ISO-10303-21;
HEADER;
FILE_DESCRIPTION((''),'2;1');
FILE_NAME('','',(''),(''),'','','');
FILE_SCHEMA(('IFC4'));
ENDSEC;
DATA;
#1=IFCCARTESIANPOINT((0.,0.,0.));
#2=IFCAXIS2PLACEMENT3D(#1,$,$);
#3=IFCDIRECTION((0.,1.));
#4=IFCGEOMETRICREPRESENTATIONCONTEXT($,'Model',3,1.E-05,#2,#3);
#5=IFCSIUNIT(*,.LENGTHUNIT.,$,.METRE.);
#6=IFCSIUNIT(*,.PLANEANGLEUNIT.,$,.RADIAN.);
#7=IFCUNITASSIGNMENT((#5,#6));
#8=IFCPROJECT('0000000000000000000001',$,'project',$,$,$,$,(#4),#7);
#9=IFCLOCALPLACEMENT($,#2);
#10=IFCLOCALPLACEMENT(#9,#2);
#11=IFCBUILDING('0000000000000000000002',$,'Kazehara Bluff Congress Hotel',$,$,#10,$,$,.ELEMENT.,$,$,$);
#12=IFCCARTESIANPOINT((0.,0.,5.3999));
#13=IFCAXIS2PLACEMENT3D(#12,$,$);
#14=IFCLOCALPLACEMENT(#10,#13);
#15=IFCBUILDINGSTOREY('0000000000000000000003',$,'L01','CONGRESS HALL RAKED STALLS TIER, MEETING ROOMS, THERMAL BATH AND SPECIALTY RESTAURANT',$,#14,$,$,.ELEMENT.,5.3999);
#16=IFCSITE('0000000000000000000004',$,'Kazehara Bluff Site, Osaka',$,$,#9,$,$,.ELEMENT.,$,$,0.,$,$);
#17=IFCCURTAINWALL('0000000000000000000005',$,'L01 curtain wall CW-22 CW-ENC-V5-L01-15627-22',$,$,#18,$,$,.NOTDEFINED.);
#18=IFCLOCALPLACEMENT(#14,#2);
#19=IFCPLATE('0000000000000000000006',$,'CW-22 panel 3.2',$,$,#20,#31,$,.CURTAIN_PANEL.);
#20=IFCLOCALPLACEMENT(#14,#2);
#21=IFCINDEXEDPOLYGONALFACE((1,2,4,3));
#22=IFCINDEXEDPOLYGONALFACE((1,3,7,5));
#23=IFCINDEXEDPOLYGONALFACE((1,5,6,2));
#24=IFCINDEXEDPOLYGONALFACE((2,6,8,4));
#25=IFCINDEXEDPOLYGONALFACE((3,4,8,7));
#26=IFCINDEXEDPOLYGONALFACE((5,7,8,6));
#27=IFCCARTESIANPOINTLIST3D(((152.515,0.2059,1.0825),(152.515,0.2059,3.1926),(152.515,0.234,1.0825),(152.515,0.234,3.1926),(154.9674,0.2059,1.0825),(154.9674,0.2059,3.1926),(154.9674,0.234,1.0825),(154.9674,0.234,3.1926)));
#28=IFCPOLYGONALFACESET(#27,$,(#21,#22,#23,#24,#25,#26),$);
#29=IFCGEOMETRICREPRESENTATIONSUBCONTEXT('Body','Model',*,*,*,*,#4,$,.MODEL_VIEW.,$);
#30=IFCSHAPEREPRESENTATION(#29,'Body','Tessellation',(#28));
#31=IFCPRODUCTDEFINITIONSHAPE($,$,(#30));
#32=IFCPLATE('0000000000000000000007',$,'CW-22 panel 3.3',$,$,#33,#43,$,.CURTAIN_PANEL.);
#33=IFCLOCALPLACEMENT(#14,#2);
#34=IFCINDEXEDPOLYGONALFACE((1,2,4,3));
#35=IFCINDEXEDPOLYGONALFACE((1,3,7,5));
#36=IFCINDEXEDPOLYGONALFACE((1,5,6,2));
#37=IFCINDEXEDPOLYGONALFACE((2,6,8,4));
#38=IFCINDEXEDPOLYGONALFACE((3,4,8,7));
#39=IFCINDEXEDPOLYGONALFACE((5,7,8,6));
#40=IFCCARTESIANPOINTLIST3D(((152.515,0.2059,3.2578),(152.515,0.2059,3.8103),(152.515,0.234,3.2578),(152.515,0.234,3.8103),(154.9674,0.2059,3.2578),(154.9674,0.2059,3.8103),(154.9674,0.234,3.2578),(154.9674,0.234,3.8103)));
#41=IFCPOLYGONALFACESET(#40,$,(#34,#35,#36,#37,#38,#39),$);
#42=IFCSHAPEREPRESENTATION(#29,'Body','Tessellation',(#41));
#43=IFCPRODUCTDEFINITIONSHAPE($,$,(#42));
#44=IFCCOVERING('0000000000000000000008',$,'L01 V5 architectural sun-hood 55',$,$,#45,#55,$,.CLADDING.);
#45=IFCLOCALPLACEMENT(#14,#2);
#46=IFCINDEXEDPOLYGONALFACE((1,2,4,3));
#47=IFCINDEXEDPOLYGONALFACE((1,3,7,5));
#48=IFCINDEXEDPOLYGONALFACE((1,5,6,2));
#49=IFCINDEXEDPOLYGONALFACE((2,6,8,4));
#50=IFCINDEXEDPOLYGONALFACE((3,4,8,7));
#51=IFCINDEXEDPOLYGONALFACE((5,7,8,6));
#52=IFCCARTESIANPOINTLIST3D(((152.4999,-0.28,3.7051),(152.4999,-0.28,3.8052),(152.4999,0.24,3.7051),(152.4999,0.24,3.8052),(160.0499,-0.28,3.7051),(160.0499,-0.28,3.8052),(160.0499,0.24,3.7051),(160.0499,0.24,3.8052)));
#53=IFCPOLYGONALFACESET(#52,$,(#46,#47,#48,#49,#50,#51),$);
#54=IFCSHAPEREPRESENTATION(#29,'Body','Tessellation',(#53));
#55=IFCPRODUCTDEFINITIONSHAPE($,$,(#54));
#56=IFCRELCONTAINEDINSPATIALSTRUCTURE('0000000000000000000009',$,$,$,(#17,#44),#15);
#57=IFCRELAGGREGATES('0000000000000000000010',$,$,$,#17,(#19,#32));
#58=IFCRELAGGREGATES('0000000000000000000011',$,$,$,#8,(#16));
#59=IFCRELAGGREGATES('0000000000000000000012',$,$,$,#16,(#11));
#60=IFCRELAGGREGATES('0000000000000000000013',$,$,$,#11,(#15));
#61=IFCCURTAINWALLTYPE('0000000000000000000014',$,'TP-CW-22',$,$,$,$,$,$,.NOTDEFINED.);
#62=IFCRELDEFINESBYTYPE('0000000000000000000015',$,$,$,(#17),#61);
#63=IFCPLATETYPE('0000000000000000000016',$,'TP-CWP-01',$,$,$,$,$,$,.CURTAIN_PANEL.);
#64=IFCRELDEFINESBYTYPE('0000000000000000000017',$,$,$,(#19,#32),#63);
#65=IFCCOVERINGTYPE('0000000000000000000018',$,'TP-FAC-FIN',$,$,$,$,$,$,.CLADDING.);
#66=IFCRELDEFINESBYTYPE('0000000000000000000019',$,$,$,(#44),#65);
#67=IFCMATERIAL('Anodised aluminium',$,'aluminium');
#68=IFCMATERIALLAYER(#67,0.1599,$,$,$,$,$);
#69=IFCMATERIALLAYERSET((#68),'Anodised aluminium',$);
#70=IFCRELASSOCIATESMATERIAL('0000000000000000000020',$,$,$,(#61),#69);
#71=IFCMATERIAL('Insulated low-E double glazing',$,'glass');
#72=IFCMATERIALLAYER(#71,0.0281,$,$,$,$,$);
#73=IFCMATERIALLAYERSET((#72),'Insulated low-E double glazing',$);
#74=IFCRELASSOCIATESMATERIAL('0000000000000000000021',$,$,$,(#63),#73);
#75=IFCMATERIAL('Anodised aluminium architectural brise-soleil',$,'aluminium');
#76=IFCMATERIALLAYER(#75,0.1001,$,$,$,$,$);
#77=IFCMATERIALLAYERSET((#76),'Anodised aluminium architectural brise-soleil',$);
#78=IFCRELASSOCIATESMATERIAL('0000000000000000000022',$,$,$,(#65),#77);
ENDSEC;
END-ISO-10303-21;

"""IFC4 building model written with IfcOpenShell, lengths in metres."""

from ifc_helpers import new_model, si_unit, direction, frame, origin, origin_2d, place, context, subcontext, project, spatial, rectangle, extrude, material, layer, layer_set, type_object, element, aggregate, save


model = new_model("IFC4")

# Units and contexts
model_context = context("Model", 3, precision=1e-05, world=origin(), true_north=direction((0.0, 1.0)))
body_context = subcontext(model_context, "Body", "Model", "MODEL_VIEW")
ifc_project = project(units=[si_unit("LENGTHUNIT", "METRE"), si_unit("PLANEANGLEUNIT", "RADIAN")], contexts=[model_context])

# Site, building, storey
site_placement = place(None, origin())
site = spatial("IfcSite", under=ifc_project, at=site_placement, Name="Kazehara Bluff Site, Osaka", CompositionType="ELEMENT", RefElevation=0.0)
building_placement = place(site_placement, origin())
building = spatial("IfcBuilding", under=site, at=building_placement, Name="Kazehara Bluff Congress Hotel", CompositionType="ELEMENT")
storey_placement = place(building_placement, frame((0.0, 0.0, 5.3999)))
storey = spatial("IfcBuildingStorey", under=building, at=storey_placement, Name="L01", Description="CONGRESS HALL RAKED STALLS TIER, MEETING ROOMS, THERMAL BATH AND SPECIALTY RESTAURANT", CompositionType="ELEMENT", Elevation=5.3999)

# Curtain wall
ifc_material_1 = material(Name="Anodised aluminium", Category="aluminium")
ifc_layer_1 = layer(ifc_material_1, 0.1599)
ifc_layer_set_1 = layer_set([ifc_layer_1], Name="Anodised aluminium")
curtain_wall_type = type_object("IfcCurtainWallType", Name="TP-CW-22", PredefinedType="NOTDEFINED", material=ifc_layer_set_1)
curtain_wall_1_placement = place(storey_placement, origin())
curtain_wall_1 = element("IfcCurtainWall", 1, at=curtain_wall_1_placement, inside=storey, type_object=curtain_wall_type, Name="L01 curtain wall CW-22 CW-ENC-V5-L01-15627-22", PredefinedType="NOTDEFINED")

# Plates
ifc_material_2 = material(Name="Insulated low-E double glazing", Category="glass")
ifc_layer_2 = layer(ifc_material_2, 0.0281)
ifc_layer_set_2 = layer_set([ifc_layer_2], Name="Insulated low-E double glazing")
plate_type = type_object("IfcPlateType", Name="TP-CWP-01", PredefinedType="CURTAIN_PANEL", material=ifc_layer_set_2)
plate_1_placement = place(storey_placement, frame((153.7412, 0.22, 1.0825), z_axis=(0.0, 0.0, 1.0), x_axis=(-1.0, 0.0, 0.0)))
plate_1 = element("IfcPlate", 2, at=plate_1_placement, type_object=plate_type, Name="CW-22 panel 3.2", PredefinedType="CURTAIN_PANEL", context=body_context, shape_type="SweptSolid", body=[
    extrude(rectangle(XDim=2.4524, YDim=0.0281, at=origin_2d()), origin(), (0.0, 0.0, 1.0), 2.1101),
])
plate_2_placement = place(storey_placement, frame((153.7412, 0.22, 3.2578), z_axis=(0.0, 0.0, 1.0), x_axis=(-1.0, 0.0, 0.0)))
plate_2 = element("IfcPlate", 3, at=plate_2_placement, type_object=plate_type, Name="CW-22 panel 3.3", PredefinedType="CURTAIN_PANEL", context=body_context, shape_type="SweptSolid", body=[
    extrude(rectangle(XDim=2.4524, YDim=0.0281, at=origin_2d()), origin(), (0.0, 0.0, 1.0), 0.5525),
])
aggregate(curtain_wall_1, [plate_1, plate_2])

# Covering
ifc_material_3 = material(Name="Anodised aluminium architectural brise-soleil", Category="aluminium")
ifc_layer_3 = layer(ifc_material_3, 0.1001)
ifc_layer_set_3 = layer_set([ifc_layer_3], Name="Anodised aluminium architectural brise-soleil")
covering_type = type_object("IfcCoveringType", Name="TP-FAC-FIN", PredefinedType="CLADDING", material=ifc_layer_set_3)
covering_placement = place(storey_placement, frame((156.2749, -0.02, 3.7051), z_axis=(0.0, 0.0, 1.0), x_axis=(1.0, 0.0, 0.0)))
element("IfcCovering", 4, at=covering_placement, inside=storey, type_object=covering_type, Name="L01 V5 architectural sun-hood 55", PredefinedType="CLADDING", context=body_context, shape_type="SweptSolid", body=[
    extrude(rectangle(XDim=7.55, YDim=0.52, at=origin_2d()), origin(), (0.0, 0.0, 1.0), 0.1001),
])

save(model, "model.ifc")
